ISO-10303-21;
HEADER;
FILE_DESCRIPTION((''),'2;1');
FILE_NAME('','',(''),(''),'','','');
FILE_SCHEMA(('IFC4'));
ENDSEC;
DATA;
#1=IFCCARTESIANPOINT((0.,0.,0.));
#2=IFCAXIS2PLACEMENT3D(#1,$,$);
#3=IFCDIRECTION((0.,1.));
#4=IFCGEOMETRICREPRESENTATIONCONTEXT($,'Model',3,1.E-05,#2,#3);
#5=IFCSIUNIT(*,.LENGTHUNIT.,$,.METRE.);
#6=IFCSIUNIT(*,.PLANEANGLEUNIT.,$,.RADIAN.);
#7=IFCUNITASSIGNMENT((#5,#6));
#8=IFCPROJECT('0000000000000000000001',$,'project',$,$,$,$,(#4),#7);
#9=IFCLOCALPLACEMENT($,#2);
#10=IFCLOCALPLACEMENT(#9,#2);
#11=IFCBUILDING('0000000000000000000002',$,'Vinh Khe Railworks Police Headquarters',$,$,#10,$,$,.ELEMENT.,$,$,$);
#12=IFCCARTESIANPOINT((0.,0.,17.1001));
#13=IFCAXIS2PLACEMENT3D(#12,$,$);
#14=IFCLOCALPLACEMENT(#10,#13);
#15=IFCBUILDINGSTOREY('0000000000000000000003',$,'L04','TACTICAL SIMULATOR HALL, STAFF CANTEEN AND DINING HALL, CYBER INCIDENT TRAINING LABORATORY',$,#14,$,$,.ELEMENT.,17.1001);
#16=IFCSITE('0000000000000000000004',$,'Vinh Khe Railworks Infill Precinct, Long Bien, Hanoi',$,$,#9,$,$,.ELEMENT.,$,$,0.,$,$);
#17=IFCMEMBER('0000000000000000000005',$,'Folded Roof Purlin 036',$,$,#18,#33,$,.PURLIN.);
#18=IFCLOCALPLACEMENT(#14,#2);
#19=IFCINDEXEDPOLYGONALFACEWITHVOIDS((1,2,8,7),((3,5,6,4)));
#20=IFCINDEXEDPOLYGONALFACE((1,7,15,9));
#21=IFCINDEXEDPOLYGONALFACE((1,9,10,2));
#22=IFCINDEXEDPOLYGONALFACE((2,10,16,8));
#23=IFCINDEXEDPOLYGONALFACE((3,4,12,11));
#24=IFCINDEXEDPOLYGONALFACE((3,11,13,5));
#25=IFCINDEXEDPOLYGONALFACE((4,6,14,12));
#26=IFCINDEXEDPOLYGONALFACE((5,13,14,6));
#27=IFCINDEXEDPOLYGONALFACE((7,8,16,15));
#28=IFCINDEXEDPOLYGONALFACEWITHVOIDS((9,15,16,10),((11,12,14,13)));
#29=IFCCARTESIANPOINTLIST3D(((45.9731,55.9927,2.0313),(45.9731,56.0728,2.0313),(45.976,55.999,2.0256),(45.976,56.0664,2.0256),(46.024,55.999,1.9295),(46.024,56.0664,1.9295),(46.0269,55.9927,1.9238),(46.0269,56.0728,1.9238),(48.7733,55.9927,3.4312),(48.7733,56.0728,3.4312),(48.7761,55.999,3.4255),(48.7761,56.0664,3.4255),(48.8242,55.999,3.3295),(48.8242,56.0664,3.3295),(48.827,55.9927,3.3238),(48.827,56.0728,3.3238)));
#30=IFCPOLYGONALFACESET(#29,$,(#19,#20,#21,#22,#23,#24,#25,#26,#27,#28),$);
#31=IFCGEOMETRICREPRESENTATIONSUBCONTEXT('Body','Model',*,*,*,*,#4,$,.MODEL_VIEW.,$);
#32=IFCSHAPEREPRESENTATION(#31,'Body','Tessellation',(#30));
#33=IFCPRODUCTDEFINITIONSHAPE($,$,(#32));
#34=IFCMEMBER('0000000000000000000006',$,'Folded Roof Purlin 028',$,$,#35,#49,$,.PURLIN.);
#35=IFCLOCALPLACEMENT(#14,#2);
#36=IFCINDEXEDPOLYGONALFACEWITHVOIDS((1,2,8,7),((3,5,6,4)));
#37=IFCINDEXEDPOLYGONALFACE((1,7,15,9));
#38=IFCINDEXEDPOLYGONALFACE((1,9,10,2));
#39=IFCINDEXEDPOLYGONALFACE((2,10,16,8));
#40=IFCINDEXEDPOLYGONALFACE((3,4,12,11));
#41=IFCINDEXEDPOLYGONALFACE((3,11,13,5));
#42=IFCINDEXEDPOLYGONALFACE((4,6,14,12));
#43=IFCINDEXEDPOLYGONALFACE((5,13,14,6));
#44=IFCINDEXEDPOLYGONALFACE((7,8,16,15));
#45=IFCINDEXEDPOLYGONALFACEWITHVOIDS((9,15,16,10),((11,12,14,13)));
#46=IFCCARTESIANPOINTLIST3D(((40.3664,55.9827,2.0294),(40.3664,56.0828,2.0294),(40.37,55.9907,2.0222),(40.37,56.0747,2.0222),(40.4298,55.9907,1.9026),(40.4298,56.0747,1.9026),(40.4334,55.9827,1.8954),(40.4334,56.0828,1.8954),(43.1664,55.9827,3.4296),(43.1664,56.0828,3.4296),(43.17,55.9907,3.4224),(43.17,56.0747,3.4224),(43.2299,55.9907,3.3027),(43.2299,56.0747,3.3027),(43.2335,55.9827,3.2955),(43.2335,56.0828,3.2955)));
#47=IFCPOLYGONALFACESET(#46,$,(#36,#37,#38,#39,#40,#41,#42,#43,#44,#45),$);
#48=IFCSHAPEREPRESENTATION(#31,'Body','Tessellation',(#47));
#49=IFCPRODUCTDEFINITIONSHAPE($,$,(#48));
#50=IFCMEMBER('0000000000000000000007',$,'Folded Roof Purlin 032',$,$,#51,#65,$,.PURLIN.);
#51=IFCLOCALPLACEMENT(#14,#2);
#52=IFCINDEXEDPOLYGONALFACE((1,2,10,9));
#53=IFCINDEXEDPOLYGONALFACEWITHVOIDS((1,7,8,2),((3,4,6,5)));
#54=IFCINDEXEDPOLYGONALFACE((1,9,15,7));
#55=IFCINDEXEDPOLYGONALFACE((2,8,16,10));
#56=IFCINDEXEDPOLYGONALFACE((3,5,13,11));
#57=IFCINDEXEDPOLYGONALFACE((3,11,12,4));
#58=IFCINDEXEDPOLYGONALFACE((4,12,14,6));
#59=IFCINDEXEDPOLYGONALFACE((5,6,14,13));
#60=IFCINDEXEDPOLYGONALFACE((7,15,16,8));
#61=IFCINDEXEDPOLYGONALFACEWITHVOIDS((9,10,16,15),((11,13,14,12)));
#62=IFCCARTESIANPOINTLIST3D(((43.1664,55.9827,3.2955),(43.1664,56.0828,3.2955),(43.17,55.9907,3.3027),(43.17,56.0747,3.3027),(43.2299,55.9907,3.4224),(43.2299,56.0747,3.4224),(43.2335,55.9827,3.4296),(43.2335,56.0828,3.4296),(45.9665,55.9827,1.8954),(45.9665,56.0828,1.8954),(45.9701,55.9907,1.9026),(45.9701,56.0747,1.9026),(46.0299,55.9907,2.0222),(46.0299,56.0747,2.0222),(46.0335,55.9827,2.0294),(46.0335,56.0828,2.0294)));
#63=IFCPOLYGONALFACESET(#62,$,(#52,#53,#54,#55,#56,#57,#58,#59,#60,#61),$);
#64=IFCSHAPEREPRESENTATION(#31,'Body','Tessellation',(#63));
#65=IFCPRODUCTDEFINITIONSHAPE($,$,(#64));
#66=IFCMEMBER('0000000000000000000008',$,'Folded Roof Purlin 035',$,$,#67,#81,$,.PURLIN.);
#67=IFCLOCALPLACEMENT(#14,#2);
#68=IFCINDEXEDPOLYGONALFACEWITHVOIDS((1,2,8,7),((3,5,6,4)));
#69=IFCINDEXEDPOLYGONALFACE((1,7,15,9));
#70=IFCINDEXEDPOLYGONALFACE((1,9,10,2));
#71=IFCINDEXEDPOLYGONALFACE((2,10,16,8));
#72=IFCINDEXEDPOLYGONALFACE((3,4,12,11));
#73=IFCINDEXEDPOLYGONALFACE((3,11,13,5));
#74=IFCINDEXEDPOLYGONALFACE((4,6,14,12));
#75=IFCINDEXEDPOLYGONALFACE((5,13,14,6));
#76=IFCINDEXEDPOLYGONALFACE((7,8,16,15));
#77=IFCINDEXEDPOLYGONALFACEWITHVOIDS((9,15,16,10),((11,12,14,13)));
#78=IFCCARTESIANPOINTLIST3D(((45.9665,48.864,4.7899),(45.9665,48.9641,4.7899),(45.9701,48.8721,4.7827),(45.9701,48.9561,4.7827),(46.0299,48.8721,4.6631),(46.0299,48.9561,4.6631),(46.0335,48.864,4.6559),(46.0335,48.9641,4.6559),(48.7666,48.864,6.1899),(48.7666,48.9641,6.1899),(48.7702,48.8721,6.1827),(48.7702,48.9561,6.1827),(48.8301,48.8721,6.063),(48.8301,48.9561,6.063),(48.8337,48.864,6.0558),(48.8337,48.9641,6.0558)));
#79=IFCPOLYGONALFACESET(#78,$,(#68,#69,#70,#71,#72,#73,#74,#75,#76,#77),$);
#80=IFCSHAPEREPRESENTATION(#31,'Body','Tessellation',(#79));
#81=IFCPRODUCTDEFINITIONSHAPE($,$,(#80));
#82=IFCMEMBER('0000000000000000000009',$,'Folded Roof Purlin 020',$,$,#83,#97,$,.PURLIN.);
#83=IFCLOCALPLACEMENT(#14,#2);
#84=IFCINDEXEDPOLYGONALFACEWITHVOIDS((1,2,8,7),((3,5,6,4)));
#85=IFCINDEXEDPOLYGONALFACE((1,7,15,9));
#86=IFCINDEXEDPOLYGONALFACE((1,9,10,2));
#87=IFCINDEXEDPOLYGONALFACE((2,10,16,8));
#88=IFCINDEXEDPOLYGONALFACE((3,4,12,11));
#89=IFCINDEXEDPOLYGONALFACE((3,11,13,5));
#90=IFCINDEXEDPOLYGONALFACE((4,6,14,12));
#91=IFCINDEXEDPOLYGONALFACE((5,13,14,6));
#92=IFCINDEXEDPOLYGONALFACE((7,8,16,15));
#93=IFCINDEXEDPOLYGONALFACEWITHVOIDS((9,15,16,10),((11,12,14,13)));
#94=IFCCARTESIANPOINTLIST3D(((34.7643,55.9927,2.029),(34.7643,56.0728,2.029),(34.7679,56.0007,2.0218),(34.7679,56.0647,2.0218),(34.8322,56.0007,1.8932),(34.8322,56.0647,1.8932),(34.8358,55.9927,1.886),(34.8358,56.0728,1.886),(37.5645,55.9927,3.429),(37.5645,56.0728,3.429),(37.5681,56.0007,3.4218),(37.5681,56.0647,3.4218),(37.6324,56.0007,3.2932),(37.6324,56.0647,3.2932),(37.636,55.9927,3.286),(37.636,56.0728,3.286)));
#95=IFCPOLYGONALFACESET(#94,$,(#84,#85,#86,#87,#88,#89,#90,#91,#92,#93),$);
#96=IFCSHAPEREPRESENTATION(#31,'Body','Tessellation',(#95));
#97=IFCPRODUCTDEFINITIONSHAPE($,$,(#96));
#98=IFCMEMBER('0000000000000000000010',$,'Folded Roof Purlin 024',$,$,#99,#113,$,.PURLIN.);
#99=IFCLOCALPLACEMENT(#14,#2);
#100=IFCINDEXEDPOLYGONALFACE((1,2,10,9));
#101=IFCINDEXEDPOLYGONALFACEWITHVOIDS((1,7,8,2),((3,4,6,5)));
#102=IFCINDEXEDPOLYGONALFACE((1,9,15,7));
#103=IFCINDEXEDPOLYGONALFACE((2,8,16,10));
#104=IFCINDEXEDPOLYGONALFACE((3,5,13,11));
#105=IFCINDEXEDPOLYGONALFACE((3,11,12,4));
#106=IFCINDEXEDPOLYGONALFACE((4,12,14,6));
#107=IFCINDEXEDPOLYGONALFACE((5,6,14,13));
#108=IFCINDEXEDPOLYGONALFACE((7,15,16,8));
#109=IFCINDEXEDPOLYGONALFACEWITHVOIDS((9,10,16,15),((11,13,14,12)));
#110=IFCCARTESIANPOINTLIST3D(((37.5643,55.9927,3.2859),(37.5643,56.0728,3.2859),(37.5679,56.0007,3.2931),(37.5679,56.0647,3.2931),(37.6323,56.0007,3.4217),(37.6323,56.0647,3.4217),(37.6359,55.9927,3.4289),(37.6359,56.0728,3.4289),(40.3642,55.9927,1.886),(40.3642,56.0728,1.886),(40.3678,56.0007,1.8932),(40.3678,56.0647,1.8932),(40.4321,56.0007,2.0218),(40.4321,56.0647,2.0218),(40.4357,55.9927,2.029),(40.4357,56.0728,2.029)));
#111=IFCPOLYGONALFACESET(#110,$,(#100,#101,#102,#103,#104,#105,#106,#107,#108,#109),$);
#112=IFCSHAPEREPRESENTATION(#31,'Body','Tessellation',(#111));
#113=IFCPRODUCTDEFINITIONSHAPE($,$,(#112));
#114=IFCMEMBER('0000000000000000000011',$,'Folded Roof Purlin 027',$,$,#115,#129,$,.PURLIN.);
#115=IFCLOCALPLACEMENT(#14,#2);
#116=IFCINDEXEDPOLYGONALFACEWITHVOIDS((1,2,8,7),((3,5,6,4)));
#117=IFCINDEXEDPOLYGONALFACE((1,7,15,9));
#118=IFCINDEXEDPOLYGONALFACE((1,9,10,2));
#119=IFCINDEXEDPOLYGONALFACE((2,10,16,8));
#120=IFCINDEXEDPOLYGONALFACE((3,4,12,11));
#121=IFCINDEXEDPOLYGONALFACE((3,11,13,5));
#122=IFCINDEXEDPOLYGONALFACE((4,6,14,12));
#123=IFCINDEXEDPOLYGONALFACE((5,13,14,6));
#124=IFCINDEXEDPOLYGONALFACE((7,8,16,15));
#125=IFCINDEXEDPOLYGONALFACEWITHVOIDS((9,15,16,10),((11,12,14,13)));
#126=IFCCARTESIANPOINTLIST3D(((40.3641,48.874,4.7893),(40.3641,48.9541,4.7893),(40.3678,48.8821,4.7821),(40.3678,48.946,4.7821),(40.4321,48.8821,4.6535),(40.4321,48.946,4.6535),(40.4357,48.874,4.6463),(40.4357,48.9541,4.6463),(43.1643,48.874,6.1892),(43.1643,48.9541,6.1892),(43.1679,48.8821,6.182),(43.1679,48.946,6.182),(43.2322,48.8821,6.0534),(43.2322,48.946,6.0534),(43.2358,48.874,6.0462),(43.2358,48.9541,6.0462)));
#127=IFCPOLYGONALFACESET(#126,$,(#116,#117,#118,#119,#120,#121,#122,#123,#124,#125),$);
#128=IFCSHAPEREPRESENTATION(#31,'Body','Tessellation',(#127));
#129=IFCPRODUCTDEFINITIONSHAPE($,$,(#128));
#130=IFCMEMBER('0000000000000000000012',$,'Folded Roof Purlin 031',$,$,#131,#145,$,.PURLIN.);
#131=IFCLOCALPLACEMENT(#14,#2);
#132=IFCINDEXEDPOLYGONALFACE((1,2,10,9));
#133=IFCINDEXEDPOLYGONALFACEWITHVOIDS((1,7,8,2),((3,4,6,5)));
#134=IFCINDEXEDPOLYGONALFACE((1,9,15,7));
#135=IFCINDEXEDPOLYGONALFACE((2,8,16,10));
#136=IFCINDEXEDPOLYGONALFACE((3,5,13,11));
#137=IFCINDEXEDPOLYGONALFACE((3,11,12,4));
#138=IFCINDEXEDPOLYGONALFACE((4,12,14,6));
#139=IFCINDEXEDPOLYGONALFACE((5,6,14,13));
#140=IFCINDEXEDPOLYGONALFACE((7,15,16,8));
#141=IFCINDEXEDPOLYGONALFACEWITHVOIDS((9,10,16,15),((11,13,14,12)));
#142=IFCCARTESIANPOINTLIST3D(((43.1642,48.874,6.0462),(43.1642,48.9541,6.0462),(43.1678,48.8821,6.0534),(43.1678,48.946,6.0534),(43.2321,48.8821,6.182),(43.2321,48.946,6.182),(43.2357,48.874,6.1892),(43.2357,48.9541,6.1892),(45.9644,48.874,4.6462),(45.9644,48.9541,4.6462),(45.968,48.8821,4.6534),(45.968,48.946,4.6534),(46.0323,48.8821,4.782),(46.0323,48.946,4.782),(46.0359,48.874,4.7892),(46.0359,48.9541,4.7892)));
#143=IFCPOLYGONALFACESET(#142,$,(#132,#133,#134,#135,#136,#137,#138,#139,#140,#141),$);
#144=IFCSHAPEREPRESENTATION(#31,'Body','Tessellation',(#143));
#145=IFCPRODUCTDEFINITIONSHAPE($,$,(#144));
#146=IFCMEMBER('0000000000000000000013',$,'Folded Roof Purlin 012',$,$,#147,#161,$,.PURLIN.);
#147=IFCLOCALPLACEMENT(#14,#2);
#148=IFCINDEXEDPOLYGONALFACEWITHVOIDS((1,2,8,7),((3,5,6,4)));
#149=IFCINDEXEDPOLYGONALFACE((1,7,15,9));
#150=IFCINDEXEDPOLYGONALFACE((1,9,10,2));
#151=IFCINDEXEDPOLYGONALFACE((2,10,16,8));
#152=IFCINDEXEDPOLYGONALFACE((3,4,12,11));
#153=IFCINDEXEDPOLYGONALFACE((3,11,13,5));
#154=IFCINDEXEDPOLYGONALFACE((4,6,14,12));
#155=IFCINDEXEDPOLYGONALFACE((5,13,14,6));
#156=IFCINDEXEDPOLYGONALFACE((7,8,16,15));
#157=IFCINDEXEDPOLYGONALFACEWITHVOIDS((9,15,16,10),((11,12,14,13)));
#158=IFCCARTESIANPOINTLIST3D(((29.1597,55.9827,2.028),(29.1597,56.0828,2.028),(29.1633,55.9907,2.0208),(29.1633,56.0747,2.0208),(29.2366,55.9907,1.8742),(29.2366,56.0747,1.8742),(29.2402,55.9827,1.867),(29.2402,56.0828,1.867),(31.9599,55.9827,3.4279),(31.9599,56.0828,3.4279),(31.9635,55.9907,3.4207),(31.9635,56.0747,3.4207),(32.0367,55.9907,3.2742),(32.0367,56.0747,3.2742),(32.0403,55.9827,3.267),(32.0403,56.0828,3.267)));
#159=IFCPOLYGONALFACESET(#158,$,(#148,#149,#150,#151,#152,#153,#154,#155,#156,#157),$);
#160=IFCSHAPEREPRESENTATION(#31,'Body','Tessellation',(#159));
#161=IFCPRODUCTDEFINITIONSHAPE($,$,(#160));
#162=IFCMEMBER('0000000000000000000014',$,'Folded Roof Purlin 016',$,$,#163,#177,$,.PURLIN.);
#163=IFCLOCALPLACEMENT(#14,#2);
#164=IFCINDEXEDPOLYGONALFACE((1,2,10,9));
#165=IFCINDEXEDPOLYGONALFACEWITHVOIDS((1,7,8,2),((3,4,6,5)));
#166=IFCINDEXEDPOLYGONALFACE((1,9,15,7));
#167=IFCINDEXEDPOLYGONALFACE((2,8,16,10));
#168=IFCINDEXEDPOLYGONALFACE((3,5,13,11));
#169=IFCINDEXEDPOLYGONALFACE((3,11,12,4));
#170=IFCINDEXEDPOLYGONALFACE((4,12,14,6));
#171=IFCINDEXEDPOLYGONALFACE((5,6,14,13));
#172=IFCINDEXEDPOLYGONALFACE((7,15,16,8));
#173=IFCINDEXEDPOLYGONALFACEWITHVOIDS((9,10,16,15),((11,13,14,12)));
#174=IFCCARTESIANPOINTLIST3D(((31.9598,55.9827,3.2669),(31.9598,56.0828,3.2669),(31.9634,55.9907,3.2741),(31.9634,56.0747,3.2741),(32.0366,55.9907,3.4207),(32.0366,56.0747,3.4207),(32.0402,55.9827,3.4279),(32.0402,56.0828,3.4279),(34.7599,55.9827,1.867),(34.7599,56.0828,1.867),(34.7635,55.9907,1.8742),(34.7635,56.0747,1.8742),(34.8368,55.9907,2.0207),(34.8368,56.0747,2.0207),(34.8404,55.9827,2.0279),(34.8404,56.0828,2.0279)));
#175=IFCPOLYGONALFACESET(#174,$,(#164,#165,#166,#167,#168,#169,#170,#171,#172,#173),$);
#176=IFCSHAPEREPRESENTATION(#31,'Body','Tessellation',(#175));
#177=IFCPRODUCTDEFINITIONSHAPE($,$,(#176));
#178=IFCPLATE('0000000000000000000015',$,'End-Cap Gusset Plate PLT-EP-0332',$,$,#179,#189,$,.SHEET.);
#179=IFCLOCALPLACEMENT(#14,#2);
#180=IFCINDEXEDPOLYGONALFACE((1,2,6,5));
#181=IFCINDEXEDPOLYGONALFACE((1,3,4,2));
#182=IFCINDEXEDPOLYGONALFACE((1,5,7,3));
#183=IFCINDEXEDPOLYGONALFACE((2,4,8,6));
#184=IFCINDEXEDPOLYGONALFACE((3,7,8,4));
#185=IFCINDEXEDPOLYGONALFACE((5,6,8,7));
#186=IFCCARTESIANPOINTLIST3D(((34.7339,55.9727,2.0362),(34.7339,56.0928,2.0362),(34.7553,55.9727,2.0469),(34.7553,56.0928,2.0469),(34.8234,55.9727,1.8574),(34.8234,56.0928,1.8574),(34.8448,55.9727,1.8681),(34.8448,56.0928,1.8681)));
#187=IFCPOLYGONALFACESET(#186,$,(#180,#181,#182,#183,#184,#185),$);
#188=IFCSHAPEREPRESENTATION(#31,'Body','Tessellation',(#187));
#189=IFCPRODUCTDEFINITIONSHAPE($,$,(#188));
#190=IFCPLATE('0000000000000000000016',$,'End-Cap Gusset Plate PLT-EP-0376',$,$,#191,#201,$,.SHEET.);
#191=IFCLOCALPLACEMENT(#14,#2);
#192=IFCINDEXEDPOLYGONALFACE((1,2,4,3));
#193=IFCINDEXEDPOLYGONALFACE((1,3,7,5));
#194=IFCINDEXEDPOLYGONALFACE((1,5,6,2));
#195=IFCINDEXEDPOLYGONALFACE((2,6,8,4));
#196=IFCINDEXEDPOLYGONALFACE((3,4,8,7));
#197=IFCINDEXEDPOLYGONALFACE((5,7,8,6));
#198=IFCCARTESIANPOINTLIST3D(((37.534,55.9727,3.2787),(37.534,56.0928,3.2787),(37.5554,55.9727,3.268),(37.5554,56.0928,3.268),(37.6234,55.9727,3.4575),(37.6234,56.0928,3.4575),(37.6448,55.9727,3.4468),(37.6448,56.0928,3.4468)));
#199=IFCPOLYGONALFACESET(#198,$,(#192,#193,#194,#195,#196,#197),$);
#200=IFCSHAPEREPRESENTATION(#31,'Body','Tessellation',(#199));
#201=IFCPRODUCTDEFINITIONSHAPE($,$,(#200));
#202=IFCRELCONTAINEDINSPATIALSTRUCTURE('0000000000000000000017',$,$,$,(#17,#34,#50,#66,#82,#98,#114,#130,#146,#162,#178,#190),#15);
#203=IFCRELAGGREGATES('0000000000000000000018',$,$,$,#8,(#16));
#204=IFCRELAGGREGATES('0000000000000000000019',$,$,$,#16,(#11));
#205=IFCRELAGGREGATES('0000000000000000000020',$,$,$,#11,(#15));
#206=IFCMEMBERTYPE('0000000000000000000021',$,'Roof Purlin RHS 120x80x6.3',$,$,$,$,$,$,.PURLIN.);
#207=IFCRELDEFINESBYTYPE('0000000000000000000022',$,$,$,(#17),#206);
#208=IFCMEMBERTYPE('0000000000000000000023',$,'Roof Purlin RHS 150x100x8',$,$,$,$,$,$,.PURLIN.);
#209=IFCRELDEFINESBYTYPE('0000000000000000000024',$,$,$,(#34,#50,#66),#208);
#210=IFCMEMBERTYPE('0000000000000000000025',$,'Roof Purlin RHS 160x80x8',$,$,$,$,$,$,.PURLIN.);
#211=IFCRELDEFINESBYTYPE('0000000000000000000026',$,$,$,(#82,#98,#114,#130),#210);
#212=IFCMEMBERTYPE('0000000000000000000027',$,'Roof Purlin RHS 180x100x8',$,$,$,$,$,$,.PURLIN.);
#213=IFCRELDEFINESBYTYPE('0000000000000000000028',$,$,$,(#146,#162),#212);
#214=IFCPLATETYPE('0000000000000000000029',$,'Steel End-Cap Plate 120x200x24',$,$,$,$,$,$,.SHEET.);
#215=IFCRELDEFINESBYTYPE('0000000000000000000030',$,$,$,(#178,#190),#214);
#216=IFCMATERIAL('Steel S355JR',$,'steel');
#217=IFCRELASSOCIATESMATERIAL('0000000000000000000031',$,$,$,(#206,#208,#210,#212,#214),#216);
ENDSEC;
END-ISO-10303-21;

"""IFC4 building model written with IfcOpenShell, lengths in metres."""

from ifc_helpers import new_model, si_unit, direction, frame, origin, origin_2d, place, context, subcontext, project, spatial, rectangle, hollow_rectangle, extrude, material, material_profile, profile_set, type_object, element, save


model = new_model("IFC4")

# Units and contexts
model_context = context("Model", 3, precision=1e-05, world=origin(), true_north=direction((0.0, 1.0)))
body_context = subcontext(model_context, "Body", "Model", "MODEL_VIEW")
ifc_project = project(units=[si_unit("LENGTHUNIT", "METRE"), si_unit("PLANEANGLEUNIT", "RADIAN")], contexts=[model_context])

# Site, building, storey
site_placement = place(None, origin())
site = spatial("IfcSite", under=ifc_project, at=site_placement, Name="Vinh Khe Railworks Infill Precinct, Long Bien, Hanoi", CompositionType="ELEMENT", RefElevation=0.0)
building_placement = place(site_placement, origin())
building = spatial("IfcBuilding", under=site, at=building_placement, Name="Vinh Khe Railworks Police Headquarters", CompositionType="ELEMENT")
storey_placement = place(building_placement, frame((0.0, 0.0, 17.1001)))
storey = spatial("IfcBuildingStorey", under=building, at=storey_placement, Name="L04", Description="TACTICAL SIMULATOR HALL, STAFF CANTEEN AND DINING HALL, CYBER INCIDENT TRAINING LABORATORY", CompositionType="ELEMENT", Elevation=17.1001)

# Members
ifc_material = material(Name="Steel S355JR", Category="steel")
ifc_material_profile_1 = material_profile(ifc_material, hollow_rectangle(XDim=0.0801, YDim=0.1201, WallThickness=0.0063, at=origin_2d()), Name="RHS 120x80x6.3")
ifc_profile_set_1 = profile_set([ifc_material_profile_1], Name="Steel S355JR")
member_type_1 = type_object("IfcMemberType", Name="Roof Purlin RHS 120x80x6.3", PredefinedType="PURLIN", material=ifc_profile_set_1)
member_1_placement = place(storey_placement, frame((46.0, 56.0327, 1.9775), z_axis=(0.894443, 0.0, 0.447182), x_axis=(0.0, 1.0, 0.0)))
element("IfcMember", 1, at=member_1_placement, inside=storey, type_object=member_type_1, Name="Folded Roof Purlin 036", PredefinedType="PURLIN", context=body_context, shape_type="SweptSolid", body=[
    extrude(hollow_rectangle(XDim=0.0801, YDim=0.1201, WallThickness=0.0063, at=origin_2d()), origin(), (0.0, 0.0, 1.0), 3.1306),
])
ifc_material_profile_2 = material_profile(ifc_material, hollow_rectangle(XDim=0.1001, YDim=0.1499, WallThickness=0.0081, at=origin_2d()), Name="RHS 150x100x8")
ifc_profile_set_2 = profile_set([ifc_material_profile_2], Name="Steel S355JR")
member_type_2 = type_object("IfcMemberType", Name="Roof Purlin RHS 150x100x8", PredefinedType="PURLIN", material=ifc_profile_set_2)
for number, where, z_axis, x_axis, name in (
    (2, (40.3999, 56.0327, 1.9624), (0.894412, 0.0, 0.447245), (0.0, 1.0, 0.0), "Folded Roof Purlin 028"),
    (3, (43.2, 56.0327, 3.3625), (0.894412, 0.0, -0.447245), (0.0, 1.0, 0.0), "Folded Roof Purlin 032"),
    (4, (46.0, 48.9141, 4.7229), (0.894443, 0.0, 0.447182), (0.0, 1.0, 0.0), "Folded Roof Purlin 035"),
):
    element("IfcMember", number, at=place(storey_placement, frame(where, z_axis=z_axis, x_axis=x_axis)), inside=storey, type_object=member_type_2, Name=name, PredefinedType="PURLIN", context=body_context, shape_type="SweptSolid", body=[
        extrude(hollow_rectangle(XDim=0.1001, YDim=0.1499, WallThickness=0.0081, at=origin_2d()), origin(), (0.0, 0.0, 1.0), 3.1306),
    ])
ifc_material_profile_3 = material_profile(ifc_material, hollow_rectangle(XDim=0.0801, YDim=0.1599, WallThickness=0.0081, at=origin_2d()), Name="RHS 160x80x8")
ifc_profile_set_3 = profile_set([ifc_material_profile_3], Name="Steel S355JR")
member_type_3 = type_object("IfcMemberType", Name="Roof Purlin RHS 160x80x8", PredefinedType="PURLIN", material=ifc_profile_set_3)
member_2_placement = place(storey_placement, frame((34.8, 56.0327, 1.9575), z_axis=(0.894443, 0.0, 0.447182), x_axis=(0.0, 1.0, 0.0)))
element("IfcMember", 5, at=member_2_placement, inside=storey, type_object=member_type_3, Name="Folded Roof Purlin 020", PredefinedType="PURLIN", context=body_context, shape_type="SweptSolid", body=[
    extrude(hollow_rectangle(XDim=0.0801, YDim=0.1599, WallThickness=0.0081, at=origin_2d()), origin(), (0.0, 0.0, 1.0), 3.1306),
])
member_3_placement = place(storey_placement, frame((37.6001, 56.0327, 3.3574), z_axis=(0.894427, 0.0, -0.447214), x_axis=(0.0, 1.0, 0.0)))
element("IfcMember", 6, at=member_3_placement, inside=storey, type_object=member_type_3, Name="Folded Roof Purlin 024", PredefinedType="PURLIN", context=body_context, shape_type="SweptSolid", body=[
    extrude(hollow_rectangle(XDim=0.0801, YDim=0.1599, WallThickness=0.0081, at=origin_2d()), origin(), (0.0, 0.0, 1.0), 3.1304),
])
for number, where, z_axis, x_axis, name in (
    (7, (40.3999, 48.9141, 4.7178), (0.894443, 0.0, 0.447182), (0.0, 1.0, 0.0), "Folded Roof Purlin 027"),
    (8, (43.2, 48.9141, 6.1177), (0.894443, 0.0, -0.447182), (0.0, 1.0, 0.0), "Folded Roof Purlin 031"),
):
    element("IfcMember", number, at=place(storey_placement, frame(where, z_axis=z_axis, x_axis=x_axis)), inside=storey, type_object=member_type_3, Name=name, PredefinedType="PURLIN", context=body_context, shape_type="SweptSolid", body=[
        extrude(hollow_rectangle(XDim=0.0801, YDim=0.1599, WallThickness=0.0081, at=origin_2d()), origin(), (0.0, 0.0, 1.0), 3.1306),
    ])
ifc_material_profile_4 = material_profile(ifc_material, hollow_rectangle(XDim=0.1001, YDim=0.1799, WallThickness=0.0081, at=origin_2d()), Name="RHS 180x100x8")
ifc_profile_set_4 = profile_set([ifc_material_profile_4], Name="Steel S355JR")
member_type_4 = type_object("IfcMemberType", Name="Roof Purlin RHS 180x100x8", PredefinedType="PURLIN", material=ifc_profile_set_4)
for number, where, z_axis, x_axis, name in (
    (9, (29.2, 56.0327, 1.9475), (0.894443, 0.0, 0.447182), (0.0, 1.0, 0.0), "Folded Roof Purlin 012"),
    (10, (32.0, 56.0327, 3.3474), (0.894443, 0.0, -0.447182), (0.0, 1.0, 0.0), "Folded Roof Purlin 016"),
):
    element("IfcMember", number, at=place(storey_placement, frame(where, z_axis=z_axis, x_axis=x_axis)), inside=storey, type_object=member_type_4, Name=name, PredefinedType="PURLIN", context=body_context, shape_type="SweptSolid", body=[
        extrude(hollow_rectangle(XDim=0.1001, YDim=0.1799, WallThickness=0.0081, at=origin_2d()), origin(), (0.0, 0.0, 1.0), 3.1306),
    ])

# Plates
ifc_material_profile_5 = material_profile(ifc_material, rectangle(XDim=0.1201, YDim=0.2, at=origin_2d()), Name="PL 120x200")
ifc_profile_set_5 = profile_set([ifc_material_profile_5], Name="Steel S355JR")
plate_type_1 = type_object("IfcPlateType", Name="Steel End-Cap Plate 120x200x24", PredefinedType="SHEET", material=ifc_profile_set_5)
for number, where, z_axis, x_axis, name in (
    (11, (34.8, 56.0327, 1.9575), (-0.894427, 0.0, -0.447214), (0.0, -1.0, 0.0), "End-Cap Gusset Plate PLT-EP-0332"),
    (12, (37.6001, 56.0327, 3.3574), (-0.894427, 0.0, 0.447214), (0.0, -1.0, 0.0), "End-Cap Gusset Plate PLT-EP-0376"),
):
    element("IfcPlate", number, at=place(storey_placement, frame(where, z_axis=z_axis, x_axis=x_axis)), inside=storey, type_object=plate_type_1, Name=name, PredefinedType="SHEET", context=body_context, shape_type="SweptSolid", body=[
        extrude(rectangle(XDim=0.1201, YDim=0.2, at=origin_2d()), origin(), (0.0, 0.0, 1.0), 0.0239),
    ])

save(model, "model.ifc")
